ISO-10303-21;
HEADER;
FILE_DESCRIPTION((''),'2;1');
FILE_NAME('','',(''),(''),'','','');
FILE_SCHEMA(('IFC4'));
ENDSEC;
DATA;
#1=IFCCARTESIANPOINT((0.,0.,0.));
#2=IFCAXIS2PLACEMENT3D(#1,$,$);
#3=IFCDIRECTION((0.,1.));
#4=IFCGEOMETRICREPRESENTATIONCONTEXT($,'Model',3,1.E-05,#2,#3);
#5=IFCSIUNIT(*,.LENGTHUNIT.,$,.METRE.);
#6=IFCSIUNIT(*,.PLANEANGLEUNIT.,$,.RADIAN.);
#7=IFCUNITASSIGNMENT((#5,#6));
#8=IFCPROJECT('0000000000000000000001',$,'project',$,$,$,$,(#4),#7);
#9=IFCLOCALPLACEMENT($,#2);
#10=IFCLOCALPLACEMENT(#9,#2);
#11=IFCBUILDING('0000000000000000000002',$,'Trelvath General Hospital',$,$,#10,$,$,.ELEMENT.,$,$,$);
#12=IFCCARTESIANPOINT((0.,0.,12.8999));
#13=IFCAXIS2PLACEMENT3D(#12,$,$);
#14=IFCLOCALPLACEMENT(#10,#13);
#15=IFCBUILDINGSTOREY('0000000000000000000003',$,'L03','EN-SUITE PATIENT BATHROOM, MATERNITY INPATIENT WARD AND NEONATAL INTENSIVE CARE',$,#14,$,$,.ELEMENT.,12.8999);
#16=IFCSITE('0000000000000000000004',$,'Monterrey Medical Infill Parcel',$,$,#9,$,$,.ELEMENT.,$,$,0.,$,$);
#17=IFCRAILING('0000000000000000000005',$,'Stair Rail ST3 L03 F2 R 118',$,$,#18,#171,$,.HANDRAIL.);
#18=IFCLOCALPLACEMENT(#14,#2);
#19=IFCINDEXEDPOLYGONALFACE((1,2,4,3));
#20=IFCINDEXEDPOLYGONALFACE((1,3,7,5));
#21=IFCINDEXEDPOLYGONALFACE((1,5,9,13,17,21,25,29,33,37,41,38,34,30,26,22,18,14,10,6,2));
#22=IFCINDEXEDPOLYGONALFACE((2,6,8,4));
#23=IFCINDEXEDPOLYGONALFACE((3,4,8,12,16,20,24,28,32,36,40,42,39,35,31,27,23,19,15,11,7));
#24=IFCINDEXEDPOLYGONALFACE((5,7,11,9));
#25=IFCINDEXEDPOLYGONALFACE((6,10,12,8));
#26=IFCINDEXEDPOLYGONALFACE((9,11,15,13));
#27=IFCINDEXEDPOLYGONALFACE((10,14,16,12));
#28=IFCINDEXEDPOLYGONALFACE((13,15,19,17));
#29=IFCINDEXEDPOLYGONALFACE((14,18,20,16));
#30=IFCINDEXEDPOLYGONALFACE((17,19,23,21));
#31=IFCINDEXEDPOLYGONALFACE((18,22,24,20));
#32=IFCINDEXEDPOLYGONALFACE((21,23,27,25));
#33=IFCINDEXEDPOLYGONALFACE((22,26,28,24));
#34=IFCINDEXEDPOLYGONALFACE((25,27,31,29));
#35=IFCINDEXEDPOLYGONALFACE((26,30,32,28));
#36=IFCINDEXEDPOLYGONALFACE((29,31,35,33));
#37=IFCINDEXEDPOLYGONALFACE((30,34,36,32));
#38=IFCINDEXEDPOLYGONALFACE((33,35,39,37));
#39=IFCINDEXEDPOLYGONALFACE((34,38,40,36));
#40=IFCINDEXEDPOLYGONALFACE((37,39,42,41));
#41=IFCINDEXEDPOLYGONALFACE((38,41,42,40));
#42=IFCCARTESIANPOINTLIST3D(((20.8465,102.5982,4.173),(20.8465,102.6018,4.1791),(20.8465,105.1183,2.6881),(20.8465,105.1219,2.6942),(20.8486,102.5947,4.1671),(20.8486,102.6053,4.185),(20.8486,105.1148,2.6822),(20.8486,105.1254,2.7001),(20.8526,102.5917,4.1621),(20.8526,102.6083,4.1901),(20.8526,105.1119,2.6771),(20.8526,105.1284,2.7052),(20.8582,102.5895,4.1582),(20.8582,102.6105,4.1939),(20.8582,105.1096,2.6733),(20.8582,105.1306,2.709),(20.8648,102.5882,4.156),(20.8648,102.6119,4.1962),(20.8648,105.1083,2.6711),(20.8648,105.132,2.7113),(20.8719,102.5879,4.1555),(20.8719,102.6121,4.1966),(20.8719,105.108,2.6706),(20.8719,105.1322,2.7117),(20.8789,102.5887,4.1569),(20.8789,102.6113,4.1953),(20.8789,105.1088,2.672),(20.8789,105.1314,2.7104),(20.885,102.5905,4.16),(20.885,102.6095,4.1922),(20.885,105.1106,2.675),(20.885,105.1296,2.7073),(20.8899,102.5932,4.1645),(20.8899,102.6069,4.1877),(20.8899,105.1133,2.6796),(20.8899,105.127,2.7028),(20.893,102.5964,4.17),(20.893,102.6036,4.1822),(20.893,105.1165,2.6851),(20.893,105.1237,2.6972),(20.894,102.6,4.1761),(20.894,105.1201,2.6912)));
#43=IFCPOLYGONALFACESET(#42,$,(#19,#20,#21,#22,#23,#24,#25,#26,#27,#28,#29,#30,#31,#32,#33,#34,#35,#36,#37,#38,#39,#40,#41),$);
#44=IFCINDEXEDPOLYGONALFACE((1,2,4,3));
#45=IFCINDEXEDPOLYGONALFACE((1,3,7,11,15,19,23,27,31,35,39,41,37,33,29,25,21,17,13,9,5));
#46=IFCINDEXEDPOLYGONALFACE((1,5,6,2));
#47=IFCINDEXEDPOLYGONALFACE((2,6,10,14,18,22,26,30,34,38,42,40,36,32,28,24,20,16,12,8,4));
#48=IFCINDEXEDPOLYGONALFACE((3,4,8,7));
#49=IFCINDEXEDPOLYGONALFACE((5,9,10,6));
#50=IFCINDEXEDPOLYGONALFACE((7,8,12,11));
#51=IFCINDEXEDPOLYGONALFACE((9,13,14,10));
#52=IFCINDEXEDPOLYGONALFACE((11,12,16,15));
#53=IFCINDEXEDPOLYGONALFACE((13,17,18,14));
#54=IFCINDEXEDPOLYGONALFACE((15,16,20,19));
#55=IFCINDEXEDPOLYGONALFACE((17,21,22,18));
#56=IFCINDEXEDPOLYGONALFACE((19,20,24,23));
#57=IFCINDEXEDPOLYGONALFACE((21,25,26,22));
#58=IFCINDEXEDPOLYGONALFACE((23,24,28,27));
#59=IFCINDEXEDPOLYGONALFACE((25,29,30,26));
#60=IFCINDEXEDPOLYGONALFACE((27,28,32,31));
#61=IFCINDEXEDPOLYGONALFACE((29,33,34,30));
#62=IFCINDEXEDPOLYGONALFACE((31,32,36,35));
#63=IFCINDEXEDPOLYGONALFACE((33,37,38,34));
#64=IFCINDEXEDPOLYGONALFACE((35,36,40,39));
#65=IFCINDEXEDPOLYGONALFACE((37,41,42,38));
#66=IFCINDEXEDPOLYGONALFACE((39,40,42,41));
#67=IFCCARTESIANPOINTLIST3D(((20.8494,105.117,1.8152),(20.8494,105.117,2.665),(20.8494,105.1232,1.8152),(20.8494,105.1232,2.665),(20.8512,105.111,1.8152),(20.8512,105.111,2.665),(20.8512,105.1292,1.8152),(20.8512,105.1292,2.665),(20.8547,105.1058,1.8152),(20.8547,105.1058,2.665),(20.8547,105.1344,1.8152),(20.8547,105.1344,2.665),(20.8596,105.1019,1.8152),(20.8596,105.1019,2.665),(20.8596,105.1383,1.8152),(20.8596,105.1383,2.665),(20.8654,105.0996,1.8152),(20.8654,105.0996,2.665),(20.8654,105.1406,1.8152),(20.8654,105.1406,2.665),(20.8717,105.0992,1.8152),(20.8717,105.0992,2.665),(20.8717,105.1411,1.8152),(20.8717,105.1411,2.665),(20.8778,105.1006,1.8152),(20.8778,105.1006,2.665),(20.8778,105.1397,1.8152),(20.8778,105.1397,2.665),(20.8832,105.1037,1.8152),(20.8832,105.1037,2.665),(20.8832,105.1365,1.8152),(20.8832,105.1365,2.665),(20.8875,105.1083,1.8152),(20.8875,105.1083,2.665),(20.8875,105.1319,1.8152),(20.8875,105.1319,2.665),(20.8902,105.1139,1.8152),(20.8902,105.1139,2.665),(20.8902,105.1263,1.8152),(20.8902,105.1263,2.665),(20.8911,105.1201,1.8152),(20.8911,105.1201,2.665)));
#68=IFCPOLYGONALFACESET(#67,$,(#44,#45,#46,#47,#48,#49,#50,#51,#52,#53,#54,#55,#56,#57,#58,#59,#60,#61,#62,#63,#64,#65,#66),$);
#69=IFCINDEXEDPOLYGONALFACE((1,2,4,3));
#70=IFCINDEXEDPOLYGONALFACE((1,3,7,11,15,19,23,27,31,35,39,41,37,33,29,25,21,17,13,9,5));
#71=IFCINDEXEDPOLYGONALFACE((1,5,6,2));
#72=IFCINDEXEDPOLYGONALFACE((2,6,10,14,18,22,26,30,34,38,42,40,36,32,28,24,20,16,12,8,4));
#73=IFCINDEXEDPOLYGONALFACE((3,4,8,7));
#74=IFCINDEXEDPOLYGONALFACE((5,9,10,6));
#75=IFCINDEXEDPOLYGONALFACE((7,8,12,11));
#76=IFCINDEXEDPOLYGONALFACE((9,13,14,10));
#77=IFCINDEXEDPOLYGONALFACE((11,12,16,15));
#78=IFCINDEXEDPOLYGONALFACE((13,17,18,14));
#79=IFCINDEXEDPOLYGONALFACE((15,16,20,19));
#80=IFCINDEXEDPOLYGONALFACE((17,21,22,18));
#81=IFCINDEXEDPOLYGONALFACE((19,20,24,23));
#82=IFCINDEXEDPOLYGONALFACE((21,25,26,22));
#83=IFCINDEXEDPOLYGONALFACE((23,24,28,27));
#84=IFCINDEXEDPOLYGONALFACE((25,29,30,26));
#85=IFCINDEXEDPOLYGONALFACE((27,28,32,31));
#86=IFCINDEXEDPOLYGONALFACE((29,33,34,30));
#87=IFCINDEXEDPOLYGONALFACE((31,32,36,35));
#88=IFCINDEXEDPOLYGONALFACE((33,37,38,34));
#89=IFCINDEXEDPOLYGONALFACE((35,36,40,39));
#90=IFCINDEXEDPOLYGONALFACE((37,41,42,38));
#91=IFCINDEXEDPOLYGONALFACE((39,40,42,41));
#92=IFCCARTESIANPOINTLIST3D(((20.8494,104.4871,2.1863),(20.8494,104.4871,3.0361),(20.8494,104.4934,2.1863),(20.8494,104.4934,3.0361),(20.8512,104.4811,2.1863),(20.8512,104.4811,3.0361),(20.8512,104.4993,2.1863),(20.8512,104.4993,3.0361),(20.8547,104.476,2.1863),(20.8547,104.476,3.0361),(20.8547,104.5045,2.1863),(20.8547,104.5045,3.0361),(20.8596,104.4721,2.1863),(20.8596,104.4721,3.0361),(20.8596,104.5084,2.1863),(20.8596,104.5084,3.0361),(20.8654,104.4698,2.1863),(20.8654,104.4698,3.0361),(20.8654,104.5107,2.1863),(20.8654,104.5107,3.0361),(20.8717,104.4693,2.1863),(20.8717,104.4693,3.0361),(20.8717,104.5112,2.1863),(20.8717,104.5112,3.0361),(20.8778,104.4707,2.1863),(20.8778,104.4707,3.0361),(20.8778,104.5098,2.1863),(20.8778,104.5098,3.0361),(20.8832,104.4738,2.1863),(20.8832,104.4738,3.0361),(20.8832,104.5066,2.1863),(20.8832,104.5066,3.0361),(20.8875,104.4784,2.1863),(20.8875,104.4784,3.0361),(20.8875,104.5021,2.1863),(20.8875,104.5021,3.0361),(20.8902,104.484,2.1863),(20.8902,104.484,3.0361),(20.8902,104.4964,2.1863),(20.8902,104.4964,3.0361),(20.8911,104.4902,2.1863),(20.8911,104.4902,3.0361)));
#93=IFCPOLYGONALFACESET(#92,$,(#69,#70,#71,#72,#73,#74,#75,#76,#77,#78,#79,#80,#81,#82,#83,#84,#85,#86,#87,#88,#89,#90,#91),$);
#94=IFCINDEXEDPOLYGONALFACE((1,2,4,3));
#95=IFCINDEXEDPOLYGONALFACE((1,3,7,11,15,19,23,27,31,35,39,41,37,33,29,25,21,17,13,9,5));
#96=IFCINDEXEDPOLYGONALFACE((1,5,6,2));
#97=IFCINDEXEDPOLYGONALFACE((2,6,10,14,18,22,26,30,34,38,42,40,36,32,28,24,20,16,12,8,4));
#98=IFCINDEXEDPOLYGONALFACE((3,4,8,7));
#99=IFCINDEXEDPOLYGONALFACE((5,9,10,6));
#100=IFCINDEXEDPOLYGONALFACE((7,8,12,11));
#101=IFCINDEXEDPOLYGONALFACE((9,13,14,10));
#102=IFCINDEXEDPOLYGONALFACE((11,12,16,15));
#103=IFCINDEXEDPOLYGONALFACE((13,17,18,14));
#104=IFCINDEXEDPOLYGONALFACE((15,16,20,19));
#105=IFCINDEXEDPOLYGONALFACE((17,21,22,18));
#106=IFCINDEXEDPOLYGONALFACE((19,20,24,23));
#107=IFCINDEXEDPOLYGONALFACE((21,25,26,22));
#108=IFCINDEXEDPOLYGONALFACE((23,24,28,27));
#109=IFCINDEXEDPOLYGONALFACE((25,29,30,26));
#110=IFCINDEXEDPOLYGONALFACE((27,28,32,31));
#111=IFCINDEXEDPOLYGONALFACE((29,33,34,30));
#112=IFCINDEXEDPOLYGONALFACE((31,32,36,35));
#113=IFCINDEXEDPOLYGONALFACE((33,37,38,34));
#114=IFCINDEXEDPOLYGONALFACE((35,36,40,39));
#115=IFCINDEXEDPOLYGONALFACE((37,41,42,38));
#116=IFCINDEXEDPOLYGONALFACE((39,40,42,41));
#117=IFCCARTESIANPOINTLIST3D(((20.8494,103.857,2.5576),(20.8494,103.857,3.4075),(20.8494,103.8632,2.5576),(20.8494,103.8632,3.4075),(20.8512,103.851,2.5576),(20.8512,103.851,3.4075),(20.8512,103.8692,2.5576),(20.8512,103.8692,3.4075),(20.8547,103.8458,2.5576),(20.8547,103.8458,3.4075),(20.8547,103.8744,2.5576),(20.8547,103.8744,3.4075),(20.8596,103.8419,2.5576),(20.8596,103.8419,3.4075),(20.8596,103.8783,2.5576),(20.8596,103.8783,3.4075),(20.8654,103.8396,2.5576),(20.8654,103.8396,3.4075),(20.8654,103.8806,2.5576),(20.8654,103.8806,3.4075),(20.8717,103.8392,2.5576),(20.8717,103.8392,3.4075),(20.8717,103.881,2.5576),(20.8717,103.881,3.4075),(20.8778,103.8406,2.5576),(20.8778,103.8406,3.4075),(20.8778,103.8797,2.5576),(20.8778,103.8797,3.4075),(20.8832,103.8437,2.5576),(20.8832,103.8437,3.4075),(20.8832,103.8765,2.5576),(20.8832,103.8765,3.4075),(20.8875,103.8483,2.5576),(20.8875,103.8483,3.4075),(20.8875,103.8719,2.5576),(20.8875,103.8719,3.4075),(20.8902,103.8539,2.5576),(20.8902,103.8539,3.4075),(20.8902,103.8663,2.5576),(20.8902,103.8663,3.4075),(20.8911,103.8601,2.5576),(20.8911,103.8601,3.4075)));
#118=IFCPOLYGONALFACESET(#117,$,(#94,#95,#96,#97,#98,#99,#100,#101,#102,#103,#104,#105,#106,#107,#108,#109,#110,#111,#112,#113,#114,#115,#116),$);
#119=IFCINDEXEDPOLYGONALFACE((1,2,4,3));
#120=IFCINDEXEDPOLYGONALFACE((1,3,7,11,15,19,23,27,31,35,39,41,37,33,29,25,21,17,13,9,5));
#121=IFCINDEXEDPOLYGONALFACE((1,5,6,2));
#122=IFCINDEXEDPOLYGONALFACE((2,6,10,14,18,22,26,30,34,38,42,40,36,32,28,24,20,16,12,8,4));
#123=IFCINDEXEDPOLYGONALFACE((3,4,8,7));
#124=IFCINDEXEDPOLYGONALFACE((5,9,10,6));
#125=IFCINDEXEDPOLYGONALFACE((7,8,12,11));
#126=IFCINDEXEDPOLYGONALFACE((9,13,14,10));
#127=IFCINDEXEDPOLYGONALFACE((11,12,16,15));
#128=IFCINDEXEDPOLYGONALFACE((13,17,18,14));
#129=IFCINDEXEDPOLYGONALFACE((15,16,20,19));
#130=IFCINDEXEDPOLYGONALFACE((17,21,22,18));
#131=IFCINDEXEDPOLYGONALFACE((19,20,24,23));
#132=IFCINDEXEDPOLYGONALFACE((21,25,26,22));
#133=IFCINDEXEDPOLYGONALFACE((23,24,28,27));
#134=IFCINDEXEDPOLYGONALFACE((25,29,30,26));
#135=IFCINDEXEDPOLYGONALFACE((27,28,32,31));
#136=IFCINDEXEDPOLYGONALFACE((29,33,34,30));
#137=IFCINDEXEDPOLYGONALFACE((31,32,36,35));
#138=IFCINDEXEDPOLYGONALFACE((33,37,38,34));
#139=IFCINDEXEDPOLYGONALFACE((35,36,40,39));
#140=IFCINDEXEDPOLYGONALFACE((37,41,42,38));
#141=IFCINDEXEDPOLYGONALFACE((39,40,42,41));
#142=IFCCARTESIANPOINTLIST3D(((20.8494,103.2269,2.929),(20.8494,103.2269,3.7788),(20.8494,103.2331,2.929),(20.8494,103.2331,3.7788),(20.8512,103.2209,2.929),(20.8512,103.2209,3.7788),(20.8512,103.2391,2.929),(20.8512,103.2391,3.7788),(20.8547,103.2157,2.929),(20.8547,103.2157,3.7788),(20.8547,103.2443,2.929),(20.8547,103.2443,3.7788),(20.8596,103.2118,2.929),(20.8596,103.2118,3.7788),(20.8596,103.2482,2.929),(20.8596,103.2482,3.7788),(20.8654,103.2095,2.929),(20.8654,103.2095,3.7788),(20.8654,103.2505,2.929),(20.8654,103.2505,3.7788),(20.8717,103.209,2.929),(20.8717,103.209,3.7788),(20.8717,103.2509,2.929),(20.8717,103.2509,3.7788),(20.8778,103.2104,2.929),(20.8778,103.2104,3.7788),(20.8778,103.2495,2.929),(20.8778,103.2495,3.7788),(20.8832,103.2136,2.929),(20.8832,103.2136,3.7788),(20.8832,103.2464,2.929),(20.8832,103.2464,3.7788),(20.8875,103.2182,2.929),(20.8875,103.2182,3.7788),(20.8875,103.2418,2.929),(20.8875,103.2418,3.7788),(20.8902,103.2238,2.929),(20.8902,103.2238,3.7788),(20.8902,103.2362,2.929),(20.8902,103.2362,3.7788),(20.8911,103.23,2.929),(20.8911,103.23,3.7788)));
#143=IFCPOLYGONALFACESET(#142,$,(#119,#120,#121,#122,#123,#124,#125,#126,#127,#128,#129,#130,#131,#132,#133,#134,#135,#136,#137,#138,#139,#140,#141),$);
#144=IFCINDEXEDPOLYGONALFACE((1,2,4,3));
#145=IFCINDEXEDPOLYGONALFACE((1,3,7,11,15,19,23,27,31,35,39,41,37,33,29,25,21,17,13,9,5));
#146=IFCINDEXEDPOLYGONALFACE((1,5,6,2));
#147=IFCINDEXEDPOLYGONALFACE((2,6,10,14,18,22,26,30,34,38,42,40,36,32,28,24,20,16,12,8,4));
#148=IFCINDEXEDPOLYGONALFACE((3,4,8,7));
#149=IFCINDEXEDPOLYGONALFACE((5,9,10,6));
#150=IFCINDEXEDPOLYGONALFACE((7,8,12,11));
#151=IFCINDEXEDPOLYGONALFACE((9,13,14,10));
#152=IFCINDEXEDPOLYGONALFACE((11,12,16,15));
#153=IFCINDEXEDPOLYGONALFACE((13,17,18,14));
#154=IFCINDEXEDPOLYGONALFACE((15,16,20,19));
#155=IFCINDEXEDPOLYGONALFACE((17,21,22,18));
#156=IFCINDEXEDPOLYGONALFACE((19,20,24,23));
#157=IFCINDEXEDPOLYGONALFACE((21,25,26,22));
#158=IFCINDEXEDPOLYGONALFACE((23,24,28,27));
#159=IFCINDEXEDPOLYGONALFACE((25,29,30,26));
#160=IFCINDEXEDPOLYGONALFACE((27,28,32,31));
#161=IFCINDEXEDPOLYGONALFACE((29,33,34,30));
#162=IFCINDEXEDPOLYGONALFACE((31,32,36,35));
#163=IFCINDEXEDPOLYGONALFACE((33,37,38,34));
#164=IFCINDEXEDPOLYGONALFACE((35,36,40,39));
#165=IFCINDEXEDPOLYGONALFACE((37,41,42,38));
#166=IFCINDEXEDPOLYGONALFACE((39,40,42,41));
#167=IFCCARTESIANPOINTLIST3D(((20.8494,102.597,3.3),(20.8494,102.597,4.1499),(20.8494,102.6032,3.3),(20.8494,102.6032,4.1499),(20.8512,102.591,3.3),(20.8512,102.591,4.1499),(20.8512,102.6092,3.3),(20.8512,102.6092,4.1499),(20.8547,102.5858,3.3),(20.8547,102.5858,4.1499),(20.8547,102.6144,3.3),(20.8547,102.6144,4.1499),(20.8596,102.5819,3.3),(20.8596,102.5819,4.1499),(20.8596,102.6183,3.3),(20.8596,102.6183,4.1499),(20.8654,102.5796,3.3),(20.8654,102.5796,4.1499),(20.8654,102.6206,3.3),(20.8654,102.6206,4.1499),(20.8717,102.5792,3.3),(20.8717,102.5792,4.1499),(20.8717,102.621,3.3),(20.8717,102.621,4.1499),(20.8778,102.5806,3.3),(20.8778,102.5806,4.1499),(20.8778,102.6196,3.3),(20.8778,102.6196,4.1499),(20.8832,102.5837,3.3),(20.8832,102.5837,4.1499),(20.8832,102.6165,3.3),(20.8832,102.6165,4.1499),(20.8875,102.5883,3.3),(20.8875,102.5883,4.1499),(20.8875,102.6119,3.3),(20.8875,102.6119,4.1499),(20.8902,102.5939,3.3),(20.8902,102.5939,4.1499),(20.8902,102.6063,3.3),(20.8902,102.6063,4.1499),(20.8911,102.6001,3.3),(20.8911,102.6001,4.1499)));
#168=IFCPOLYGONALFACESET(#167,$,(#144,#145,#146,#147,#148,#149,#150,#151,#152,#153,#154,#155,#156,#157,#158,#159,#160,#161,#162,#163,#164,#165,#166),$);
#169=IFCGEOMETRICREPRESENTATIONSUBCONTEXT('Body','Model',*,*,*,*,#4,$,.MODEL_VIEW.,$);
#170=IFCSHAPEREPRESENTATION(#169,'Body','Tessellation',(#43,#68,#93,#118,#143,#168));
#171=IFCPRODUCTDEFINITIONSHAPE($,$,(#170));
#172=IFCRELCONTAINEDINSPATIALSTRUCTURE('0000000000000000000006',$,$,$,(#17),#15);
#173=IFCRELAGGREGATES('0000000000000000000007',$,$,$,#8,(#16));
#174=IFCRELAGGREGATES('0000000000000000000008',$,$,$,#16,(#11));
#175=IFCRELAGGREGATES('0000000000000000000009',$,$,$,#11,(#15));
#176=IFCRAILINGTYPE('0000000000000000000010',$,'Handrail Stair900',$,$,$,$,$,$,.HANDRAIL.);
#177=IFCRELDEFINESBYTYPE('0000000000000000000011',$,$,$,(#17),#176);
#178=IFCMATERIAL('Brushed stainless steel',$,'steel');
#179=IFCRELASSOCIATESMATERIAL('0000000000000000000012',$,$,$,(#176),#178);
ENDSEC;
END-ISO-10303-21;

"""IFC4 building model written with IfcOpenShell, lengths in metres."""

from ifc_helpers import new_model, si_unit, direction, frame, origin, origin_2d, place, context, subcontext, project, spatial, circle, extrude, material, type_object, element, save


model = new_model("IFC4")

# Units and contexts
model_context = context("Model", 3, precision=1e-05, world=origin(), true_north=direction((0.0, 1.0)))
body_context = subcontext(model_context, "Body", "Model", "MODEL_VIEW")
ifc_project = project(units=[si_unit("LENGTHUNIT", "METRE"), si_unit("PLANEANGLEUNIT", "RADIAN")], contexts=[model_context])

# Site, building, storey
site_placement = place(None, origin())
site = spatial("IfcSite", under=ifc_project, at=site_placement, Name="Monterrey Medical Infill Parcel", CompositionType="ELEMENT", RefElevation=0.0)
building_placement = place(site_placement, origin())
building = spatial("IfcBuilding", under=site, at=building_placement, Name="Trelvath General Hospital", CompositionType="ELEMENT")
storey_placement = place(building_placement, frame((0.0, 0.0, 12.8999)))
storey = spatial("IfcBuildingStorey", under=building, at=storey_placement, Name="L03", Description="EN-SUITE PATIENT BATHROOM, MATERNITY INPATIENT WARD AND NEONATAL INTENSIVE CARE", CompositionType="ELEMENT", Elevation=12.8999)

# Railing
ifc_material_1 = material(Name="Brushed stainless steel", Category="steel")
railing_type_1 = type_object("IfcRailingType", Name="Handrail Stair900", PredefinedType="HANDRAIL", material=ifc_material_1)
railing_1_placement = place(storey_placement, frame((20.8701, 105.1201, 1.8152)))
element("IfcRailing", 1, at=railing_1_placement, inside=storey, type_object=railing_type_1, Name="Stair Rail ST3 L03 F2 R 118", PredefinedType="HANDRAIL", context=body_context, shape_type="SweptSolid", body=[
    extrude(circle(Radius=0.0239, at=origin_2d()), frame((0.0, 0.0, 0.876), z_axis=(0.0, -0.861561, 0.507655), x_axis=(1.0, 0.0, 0.0)), (0.0, 0.0, 1.0), 2.925),
    extrude(circle(Radius=0.021, at=origin_2d()), origin(), (0.0, 0.0, 1.0), 0.8499),
    extrude(circle(Radius=0.021, at=origin_2d()), frame((0.0, -0.6299, 0.3711)), (0.0, 0.0, 1.0), 0.8499),
    extrude(circle(Radius=0.021, at=origin_2d()), frame((0.0, -1.26, 0.7424)), (0.0, 0.0, 1.0), 0.8499),
    extrude(circle(Radius=0.021, at=origin_2d()), frame((0.0, -1.8901, 1.1138)), (0.0, 0.0, 1.0), 0.8499),
    extrude(circle(Radius=0.021, at=origin_2d()), frame((0.0, -2.52, 1.4849)), (0.0, 0.0, 1.0), 0.8499),
])

save(model, "model.ifc")
